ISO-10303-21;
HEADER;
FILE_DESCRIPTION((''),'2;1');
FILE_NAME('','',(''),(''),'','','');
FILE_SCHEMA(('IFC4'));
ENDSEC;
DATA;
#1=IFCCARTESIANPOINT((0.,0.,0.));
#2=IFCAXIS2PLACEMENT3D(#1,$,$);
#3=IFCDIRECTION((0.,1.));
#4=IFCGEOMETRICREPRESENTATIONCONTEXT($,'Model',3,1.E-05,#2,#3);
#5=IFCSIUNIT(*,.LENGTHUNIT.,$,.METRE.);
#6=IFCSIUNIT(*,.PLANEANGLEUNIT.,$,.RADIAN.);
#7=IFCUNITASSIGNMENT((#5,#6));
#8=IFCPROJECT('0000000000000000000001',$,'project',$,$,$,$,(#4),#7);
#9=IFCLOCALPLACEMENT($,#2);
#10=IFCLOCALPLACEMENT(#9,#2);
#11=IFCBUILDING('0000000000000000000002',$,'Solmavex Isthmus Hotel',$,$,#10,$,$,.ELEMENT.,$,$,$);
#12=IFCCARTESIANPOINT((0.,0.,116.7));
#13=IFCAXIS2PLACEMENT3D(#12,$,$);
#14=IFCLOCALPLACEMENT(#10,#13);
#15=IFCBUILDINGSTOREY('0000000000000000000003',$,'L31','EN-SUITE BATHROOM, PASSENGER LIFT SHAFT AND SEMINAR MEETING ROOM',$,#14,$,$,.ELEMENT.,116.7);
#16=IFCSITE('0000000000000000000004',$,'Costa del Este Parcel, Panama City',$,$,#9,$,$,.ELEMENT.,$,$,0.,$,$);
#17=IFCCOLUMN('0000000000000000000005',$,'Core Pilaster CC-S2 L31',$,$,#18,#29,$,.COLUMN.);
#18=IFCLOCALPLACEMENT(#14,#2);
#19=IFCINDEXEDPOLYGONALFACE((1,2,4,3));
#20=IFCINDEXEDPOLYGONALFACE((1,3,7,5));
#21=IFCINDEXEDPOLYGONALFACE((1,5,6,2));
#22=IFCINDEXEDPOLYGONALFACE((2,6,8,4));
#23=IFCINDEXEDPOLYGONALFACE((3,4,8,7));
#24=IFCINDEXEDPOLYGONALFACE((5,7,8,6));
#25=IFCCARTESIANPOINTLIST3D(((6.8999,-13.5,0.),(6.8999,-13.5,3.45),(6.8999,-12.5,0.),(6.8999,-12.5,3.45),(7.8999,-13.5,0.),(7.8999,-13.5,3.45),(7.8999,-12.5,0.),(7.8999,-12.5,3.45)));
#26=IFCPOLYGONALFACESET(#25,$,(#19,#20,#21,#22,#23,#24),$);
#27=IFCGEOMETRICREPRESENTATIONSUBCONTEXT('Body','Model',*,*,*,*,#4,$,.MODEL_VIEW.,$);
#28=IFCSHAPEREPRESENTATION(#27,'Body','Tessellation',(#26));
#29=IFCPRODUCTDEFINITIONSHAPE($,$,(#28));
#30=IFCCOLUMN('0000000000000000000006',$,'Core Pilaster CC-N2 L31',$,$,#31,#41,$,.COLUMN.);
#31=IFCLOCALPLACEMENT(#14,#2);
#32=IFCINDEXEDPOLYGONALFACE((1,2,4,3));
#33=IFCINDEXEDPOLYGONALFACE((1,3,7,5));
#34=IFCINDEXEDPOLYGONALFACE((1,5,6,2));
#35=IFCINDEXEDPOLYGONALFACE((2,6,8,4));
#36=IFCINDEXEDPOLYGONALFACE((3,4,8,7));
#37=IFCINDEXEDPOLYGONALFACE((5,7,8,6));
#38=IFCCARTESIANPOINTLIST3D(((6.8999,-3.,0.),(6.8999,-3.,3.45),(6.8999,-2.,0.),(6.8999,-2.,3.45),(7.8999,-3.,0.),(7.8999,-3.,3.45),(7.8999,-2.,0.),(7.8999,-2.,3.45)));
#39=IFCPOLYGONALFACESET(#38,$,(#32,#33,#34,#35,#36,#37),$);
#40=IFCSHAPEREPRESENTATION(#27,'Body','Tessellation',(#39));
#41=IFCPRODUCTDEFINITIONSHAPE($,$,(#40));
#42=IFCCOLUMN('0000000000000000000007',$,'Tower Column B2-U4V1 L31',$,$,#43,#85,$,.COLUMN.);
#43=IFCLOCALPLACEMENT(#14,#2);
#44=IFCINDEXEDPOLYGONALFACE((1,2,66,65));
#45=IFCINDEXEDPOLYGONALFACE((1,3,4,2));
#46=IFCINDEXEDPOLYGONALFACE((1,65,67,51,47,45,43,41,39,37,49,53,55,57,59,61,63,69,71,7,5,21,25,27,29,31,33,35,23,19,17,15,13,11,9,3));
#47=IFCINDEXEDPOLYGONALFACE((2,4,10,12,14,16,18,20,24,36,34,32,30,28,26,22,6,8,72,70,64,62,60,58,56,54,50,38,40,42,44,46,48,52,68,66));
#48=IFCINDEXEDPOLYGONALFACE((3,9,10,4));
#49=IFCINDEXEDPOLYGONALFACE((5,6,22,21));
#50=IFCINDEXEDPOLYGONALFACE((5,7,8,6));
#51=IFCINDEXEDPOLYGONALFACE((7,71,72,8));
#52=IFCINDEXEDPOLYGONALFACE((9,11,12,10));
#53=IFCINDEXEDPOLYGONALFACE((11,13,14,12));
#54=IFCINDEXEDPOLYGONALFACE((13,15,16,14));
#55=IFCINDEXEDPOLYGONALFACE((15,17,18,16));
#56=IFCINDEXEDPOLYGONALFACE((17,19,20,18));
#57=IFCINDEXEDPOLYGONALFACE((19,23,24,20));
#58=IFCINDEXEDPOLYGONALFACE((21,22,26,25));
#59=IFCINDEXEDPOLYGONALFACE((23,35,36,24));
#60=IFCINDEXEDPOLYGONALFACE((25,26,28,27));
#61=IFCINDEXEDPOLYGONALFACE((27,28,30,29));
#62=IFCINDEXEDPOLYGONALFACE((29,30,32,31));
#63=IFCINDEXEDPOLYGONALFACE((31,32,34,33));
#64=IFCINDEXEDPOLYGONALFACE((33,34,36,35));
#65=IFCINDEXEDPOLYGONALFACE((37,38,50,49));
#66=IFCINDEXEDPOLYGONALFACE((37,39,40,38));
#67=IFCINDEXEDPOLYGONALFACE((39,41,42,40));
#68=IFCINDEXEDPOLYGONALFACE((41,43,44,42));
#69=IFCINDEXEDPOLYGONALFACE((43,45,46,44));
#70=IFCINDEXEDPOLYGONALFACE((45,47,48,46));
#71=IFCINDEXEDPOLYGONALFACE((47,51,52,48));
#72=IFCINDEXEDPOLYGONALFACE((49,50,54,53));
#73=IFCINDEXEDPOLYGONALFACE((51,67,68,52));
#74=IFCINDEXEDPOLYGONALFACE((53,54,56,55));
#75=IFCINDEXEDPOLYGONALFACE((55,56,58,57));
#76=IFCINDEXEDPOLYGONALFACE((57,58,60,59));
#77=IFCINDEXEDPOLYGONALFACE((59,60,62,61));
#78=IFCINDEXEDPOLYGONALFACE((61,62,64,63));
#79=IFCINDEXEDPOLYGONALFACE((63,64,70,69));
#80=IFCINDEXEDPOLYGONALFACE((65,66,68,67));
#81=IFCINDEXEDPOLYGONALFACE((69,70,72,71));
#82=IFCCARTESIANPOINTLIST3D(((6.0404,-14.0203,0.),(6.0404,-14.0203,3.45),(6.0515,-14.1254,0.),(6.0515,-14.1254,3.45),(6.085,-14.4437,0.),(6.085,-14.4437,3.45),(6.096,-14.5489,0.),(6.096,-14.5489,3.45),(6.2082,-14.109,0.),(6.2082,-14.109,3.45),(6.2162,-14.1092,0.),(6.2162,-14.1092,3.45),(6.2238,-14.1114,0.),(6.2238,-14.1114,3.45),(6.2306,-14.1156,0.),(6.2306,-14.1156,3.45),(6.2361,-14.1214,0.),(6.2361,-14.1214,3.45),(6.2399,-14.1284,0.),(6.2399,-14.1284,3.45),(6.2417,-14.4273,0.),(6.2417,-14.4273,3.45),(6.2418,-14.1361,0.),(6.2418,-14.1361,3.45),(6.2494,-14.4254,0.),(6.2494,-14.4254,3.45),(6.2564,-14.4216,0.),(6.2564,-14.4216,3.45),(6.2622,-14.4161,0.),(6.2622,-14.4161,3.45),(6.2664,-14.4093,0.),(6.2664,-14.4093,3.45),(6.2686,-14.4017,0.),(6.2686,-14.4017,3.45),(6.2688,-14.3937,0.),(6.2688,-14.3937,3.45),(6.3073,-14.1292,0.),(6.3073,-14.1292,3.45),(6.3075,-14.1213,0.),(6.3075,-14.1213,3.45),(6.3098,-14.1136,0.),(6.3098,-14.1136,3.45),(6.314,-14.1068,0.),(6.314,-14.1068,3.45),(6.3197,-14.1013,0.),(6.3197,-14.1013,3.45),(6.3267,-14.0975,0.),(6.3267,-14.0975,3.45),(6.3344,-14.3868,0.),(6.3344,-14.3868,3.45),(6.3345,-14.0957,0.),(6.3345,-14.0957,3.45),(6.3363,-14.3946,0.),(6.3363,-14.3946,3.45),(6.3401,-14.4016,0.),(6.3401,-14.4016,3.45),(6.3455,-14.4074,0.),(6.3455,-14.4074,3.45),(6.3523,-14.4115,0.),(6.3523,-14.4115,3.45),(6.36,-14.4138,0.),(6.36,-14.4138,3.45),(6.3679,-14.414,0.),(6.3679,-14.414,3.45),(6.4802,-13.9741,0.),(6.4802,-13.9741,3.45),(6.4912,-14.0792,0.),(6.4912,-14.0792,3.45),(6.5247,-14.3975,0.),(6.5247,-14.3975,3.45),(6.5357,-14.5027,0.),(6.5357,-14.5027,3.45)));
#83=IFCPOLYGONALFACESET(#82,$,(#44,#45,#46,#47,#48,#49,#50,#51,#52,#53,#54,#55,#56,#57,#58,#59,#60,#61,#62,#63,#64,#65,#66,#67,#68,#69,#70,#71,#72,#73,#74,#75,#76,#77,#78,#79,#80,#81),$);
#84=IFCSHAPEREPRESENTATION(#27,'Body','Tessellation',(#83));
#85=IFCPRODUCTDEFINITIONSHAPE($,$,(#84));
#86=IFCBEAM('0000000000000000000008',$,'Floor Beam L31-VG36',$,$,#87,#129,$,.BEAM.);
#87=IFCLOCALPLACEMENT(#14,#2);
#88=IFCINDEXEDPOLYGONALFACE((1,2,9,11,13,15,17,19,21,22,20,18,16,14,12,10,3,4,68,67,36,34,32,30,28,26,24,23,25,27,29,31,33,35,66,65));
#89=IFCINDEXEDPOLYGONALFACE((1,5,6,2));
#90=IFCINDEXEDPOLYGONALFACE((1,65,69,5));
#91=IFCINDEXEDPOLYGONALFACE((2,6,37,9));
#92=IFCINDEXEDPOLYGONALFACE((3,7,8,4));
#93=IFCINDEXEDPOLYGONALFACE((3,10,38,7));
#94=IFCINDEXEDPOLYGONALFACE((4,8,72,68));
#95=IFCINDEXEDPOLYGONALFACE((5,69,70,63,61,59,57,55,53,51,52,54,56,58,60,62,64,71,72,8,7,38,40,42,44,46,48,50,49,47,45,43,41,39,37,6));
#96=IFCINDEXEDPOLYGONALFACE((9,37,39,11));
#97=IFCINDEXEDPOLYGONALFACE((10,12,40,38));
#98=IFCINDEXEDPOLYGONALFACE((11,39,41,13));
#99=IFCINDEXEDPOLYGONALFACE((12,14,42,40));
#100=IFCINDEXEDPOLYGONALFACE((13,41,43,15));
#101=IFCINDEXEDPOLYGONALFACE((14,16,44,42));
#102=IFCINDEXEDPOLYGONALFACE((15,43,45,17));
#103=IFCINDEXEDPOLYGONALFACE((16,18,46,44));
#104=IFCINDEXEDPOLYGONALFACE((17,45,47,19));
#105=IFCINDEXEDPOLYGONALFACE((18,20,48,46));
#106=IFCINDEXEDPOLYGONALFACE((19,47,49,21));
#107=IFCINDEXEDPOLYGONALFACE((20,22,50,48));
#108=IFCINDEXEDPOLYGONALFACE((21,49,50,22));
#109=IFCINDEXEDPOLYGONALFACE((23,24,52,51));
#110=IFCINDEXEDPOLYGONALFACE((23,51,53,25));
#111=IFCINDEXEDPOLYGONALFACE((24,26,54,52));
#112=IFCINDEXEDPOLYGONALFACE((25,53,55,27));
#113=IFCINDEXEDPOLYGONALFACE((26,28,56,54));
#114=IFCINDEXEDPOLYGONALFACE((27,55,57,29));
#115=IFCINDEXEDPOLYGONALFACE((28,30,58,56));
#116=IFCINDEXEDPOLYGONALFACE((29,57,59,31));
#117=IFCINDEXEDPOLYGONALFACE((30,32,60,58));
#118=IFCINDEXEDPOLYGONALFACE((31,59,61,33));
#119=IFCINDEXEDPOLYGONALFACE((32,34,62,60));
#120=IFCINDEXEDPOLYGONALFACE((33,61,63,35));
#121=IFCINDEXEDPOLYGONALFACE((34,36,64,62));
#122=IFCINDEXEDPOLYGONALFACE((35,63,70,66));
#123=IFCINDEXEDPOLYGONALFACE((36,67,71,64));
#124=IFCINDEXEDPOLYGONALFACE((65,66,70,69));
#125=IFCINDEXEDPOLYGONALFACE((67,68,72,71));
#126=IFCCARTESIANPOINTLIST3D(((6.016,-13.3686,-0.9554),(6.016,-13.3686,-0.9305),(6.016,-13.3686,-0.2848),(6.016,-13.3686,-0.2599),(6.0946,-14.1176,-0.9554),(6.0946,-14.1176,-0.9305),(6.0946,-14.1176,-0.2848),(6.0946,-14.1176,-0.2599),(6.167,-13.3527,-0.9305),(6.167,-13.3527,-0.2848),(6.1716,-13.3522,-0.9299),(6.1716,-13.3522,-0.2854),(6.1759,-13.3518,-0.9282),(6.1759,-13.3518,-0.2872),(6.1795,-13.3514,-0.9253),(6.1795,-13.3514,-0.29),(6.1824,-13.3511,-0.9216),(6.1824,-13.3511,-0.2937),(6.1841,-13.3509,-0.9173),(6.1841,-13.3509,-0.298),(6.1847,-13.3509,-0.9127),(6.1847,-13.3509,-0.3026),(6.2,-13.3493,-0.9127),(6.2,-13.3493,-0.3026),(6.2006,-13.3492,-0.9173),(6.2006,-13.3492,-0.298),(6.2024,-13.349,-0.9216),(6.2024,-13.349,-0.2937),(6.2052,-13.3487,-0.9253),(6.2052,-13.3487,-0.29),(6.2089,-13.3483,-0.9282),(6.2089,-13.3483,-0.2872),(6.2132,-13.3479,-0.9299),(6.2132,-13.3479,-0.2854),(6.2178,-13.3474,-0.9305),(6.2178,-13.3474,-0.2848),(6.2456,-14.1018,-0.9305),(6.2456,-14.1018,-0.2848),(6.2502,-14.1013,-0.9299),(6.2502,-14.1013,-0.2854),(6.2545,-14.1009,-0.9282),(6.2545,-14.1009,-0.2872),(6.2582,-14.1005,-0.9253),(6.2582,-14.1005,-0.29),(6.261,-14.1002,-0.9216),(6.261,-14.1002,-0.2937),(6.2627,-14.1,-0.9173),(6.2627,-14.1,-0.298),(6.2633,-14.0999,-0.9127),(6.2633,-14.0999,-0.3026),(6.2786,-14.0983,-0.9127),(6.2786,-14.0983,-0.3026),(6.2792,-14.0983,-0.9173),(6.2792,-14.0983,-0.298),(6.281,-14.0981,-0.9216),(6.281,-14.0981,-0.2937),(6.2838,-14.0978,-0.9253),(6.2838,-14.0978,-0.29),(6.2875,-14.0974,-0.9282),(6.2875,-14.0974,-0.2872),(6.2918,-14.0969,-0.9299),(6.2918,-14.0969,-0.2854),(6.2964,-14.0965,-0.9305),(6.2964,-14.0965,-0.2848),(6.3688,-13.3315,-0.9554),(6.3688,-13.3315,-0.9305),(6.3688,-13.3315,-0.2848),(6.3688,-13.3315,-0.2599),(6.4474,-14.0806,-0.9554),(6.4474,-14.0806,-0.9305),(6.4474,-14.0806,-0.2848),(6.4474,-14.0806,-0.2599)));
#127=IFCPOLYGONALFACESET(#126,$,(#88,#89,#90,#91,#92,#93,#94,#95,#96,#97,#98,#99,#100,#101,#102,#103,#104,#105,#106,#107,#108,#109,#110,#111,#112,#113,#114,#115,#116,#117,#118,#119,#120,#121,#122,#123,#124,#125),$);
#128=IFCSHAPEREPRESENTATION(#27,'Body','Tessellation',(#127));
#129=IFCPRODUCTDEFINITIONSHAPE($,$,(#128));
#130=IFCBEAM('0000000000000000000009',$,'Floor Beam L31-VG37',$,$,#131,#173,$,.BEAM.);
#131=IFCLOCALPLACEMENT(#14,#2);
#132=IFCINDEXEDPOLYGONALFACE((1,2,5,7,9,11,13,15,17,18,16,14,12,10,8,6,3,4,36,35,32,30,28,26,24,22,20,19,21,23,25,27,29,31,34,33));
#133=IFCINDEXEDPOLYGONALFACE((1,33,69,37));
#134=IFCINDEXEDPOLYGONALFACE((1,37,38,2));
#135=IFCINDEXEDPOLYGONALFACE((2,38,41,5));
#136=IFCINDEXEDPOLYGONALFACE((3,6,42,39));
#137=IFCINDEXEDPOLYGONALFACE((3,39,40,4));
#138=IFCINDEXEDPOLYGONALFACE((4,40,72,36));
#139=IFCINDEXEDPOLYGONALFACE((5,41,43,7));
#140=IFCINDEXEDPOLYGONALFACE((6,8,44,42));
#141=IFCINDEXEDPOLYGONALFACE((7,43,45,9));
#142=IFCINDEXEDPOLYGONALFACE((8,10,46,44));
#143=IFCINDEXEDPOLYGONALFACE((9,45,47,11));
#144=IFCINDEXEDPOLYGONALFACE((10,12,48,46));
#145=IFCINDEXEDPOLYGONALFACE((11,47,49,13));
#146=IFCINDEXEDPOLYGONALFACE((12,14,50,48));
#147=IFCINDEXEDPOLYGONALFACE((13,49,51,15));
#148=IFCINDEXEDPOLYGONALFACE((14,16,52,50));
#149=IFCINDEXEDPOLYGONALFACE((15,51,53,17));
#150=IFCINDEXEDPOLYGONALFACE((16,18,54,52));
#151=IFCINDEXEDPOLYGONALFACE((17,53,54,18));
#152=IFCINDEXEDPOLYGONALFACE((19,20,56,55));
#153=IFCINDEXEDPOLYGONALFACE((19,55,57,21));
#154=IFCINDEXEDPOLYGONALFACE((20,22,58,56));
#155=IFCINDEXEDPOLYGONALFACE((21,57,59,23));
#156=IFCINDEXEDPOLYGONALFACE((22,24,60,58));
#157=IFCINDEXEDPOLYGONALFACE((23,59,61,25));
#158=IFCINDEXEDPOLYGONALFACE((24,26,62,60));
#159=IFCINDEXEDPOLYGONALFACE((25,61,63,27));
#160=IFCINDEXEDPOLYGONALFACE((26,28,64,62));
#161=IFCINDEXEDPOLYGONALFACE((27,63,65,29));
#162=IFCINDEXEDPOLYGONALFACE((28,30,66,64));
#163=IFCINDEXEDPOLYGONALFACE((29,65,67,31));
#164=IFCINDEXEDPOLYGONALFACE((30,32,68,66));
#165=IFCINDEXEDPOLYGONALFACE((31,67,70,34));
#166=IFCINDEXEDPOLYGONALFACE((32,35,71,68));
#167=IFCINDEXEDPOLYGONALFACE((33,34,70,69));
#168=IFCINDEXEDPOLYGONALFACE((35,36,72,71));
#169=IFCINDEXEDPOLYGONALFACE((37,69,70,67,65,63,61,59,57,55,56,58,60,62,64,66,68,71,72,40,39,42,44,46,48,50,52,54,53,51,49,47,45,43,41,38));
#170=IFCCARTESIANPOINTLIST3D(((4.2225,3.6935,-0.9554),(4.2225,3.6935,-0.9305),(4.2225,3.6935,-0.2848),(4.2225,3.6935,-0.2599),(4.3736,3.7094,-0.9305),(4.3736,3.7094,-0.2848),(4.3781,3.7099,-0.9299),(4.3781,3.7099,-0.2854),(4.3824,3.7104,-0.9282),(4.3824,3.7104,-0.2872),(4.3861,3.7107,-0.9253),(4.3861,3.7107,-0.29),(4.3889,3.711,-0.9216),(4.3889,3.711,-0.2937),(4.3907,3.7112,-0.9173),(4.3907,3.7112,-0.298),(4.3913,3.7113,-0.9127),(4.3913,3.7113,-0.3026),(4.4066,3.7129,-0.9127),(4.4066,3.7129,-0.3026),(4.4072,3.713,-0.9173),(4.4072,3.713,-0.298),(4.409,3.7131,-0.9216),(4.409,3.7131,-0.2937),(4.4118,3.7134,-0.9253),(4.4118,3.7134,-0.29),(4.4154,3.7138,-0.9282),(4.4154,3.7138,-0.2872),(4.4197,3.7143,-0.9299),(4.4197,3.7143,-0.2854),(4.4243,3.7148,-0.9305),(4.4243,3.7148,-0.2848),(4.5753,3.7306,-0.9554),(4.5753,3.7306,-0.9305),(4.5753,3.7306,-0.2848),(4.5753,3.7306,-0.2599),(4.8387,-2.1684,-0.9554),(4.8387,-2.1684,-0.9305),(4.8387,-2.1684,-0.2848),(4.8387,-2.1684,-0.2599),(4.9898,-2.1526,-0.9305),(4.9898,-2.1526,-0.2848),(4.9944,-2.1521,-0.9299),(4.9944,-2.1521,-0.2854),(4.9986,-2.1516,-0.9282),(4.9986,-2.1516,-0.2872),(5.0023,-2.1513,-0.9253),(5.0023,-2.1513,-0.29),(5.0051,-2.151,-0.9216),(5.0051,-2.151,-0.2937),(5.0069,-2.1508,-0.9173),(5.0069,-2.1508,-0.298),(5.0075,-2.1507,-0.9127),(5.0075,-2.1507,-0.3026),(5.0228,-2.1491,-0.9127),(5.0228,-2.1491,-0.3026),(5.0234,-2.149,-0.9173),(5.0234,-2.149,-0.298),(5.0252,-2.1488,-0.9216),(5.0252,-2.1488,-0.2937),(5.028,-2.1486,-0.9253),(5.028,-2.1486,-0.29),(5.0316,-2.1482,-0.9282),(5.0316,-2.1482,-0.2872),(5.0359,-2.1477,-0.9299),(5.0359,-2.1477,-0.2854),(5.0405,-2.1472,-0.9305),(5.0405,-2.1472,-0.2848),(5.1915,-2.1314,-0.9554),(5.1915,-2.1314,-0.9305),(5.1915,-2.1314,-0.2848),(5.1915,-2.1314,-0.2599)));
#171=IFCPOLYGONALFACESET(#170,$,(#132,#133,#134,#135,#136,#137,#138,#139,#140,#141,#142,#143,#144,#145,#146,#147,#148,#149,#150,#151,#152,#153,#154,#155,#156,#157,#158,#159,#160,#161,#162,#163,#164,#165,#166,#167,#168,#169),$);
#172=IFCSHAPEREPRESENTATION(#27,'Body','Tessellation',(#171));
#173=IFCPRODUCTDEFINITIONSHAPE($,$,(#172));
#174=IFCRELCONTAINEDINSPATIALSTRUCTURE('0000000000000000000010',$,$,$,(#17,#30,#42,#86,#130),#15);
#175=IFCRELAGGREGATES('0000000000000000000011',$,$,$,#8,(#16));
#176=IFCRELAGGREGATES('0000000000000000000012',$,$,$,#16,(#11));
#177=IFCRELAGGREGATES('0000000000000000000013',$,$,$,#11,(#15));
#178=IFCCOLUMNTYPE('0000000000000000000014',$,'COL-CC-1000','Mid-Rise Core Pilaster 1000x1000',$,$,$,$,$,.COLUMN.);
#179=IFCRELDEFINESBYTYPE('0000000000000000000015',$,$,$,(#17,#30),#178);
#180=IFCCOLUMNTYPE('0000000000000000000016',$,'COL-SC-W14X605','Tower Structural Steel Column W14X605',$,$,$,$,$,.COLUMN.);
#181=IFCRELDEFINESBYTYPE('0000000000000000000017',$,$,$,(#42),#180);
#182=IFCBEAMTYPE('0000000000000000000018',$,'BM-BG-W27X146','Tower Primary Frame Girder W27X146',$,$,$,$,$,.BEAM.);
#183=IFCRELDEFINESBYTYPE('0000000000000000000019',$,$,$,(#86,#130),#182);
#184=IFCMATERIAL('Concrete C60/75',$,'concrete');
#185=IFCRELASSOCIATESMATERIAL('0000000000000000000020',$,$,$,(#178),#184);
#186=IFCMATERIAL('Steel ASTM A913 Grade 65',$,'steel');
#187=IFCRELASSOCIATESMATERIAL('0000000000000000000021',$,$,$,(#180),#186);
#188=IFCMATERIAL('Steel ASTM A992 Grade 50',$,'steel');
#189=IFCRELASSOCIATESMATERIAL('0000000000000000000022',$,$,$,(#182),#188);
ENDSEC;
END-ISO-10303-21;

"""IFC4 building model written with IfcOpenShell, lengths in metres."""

from ifc_helpers import new_model, si_unit, direction, frame, origin, origin_2d, place, context, subcontext, project, spatial, rectangle, i_section, extrude, material, material_profile, profile_set, type_object, element, save


model = new_model("IFC4")

# Units and contexts
model_context = context("Model", 3, precision=1e-05, world=origin(), true_north=direction((0.0, 1.0)))
body_context = subcontext(model_context, "Body", "Model", "MODEL_VIEW")
ifc_project = project(units=[si_unit("LENGTHUNIT", "METRE"), si_unit("PLANEANGLEUNIT", "RADIAN")], contexts=[model_context])

# Site, building, storey
site_placement = place(None, origin())
site = spatial("IfcSite", under=ifc_project, at=site_placement, Name="Costa del Este Parcel, Panama City", CompositionType="ELEMENT", RefElevation=0.0)
building_placement = place(site_placement, origin())
building = spatial("IfcBuilding", under=site, at=building_placement, Name="Solmavex Isthmus Hotel", CompositionType="ELEMENT")
storey_placement = place(building_placement, frame((0.0, 0.0, 116.7)))
storey = spatial("IfcBuildingStorey", under=building, at=storey_placement, Name="L31", Description="EN-SUITE BATHROOM, PASSENGER LIFT SHAFT AND SEMINAR MEETING ROOM", CompositionType="ELEMENT", Elevation=116.7)

# Columns
ifc_material_1 = material(Name="Concrete C60/75", Category="concrete")
ifc_material_profile_1 = material_profile(ifc_material_1, rectangle(XDim=1.0, YDim=1.0, at=origin_2d()), Name="RC1000X1000")
ifc_profile_set_1 = profile_set([ifc_material_profile_1], Name="Concrete C60/75")
column_type_1 = type_object("IfcColumnType", Name="COL-CC-1000", Description="Mid-Rise Core Pilaster 1000x1000", PredefinedType="COLUMN", material=ifc_profile_set_1)
for number, where, z_axis, x_axis, name in (
    (1, (7.3999, -13.0, 0.0), (0.0, 0.0, 1.0), (1.0, 0.0, 0.0), "Core Pilaster CC-S2 L31"),
    (2, (7.3999, -2.5, 0.0), (0.0, 0.0, 1.0), (1.0, 0.0, 0.0), "Core Pilaster CC-N2 L31"),
):
    element("IfcColumn", number, at=place(storey_placement, frame(where, z_axis=z_axis, x_axis=x_axis)), inside=storey, type_object=column_type_1, Name=name, PredefinedType="COLUMN", context=body_context, shape_type="SweptSolid", body=[
        extrude(rectangle(XDim=1.0, YDim=1.0, at=origin_2d()), origin(), (0.0, 0.0, 1.0), 3.45),
    ])
ifc_material_2 = material(Name="Steel ASTM A913 Grade 65", Category="steel")
ifc_material_profile_2 = material_profile(ifc_material_2, i_section(OverallWidth=0.4421, OverallDepth=0.5315, WebThickness=0.0659, FlangeThickness=0.1057, FilletRadius=0.0305, at=origin_2d()), Name="W14X605")
ifc_profile_set_2 = profile_set([ifc_material_profile_2], Name="Steel ASTM A913 Grade 65")
column_type_2 = type_object("IfcColumnType", Name="COL-SC-W14X605", Description="Tower Structural Steel Column W14X605", PredefinedType="COLUMN", material=ifc_profile_set_2)
column_placement = place(storey_placement, frame((6.2881, -14.2615, 0.0), z_axis=(0.0, 0.0, 1.0), x_axis=(0.994522, 0.104528, 0.0)))
element("IfcColumn", 3, at=column_placement, inside=storey, type_object=column_type_2, Name="Tower Column B2-U4V1 L31", PredefinedType="COLUMN", context=body_context, shape_type="SweptSolid", body=[
    extrude(i_section(OverallWidth=0.4421, OverallDepth=0.5315, WebThickness=0.0659, FlangeThickness=0.1057, FilletRadius=0.0305, at=origin_2d()), origin(), (0.0, 0.0, 1.0), 3.45),
])

# Beams
ifc_material_3 = material(Name="Steel ASTM A992 Grade 50", Category="steel")
ifc_material_profile_3 = material_profile(ifc_material_3, i_section(OverallWidth=0.3547, OverallDepth=0.6956, WebThickness=0.0154, FlangeThickness=0.0249, FilletRadius=0.0178, at=origin_2d()), Name="W27X146")
ifc_profile_set_3 = profile_set([ifc_material_profile_3], Name="Steel ASTM A992 Grade 50")
beam_type_1 = type_object("IfcBeamType", Name="BM-BG-W27X146", Description="Tower Primary Frame Girder W27X146", PredefinedType="BEAM", material=ifc_profile_set_3)
beam_1_placement = place(storey_placement, frame((6.271, -14.0991, -0.6077), z_axis=(-0.104381, 0.994537, 0.0), x_axis=(-0.994537, -0.104381, 0.0)))
element("IfcBeam", 4, at=beam_1_placement, inside=storey, type_object=beam_type_1, Name="Floor Beam L31-VG36", PredefinedType="BEAM", context=body_context, shape_type="SweptSolid", body=[
    extrude(i_section(OverallWidth=0.3547, OverallDepth=0.6956, WebThickness=0.0154, FlangeThickness=0.0249, FilletRadius=0.0178, at=origin_2d()), origin(), (0.0, 0.0, 1.0), 0.7532),
])
beam_2_placement = place(storey_placement, frame((5.0151, -2.1499, -0.6077), z_axis=(-0.104542, 0.99452, 0.0), x_axis=(-0.99452, -0.104542, 0.0)))
element("IfcBeam", 5, at=beam_2_placement, inside=storey, type_object=beam_type_1, Name="Floor Beam L31-VG37", PredefinedType="BEAM", context=body_context, shape_type="SweptSolid", body=[
    extrude(i_section(OverallWidth=0.3547, OverallDepth=0.6956, WebThickness=0.0154, FlangeThickness=0.0249, FilletRadius=0.0178, at=origin_2d()), origin(), (0.0, 0.0, 1.0), 5.8943),
])

save(model, "model.ifc")
